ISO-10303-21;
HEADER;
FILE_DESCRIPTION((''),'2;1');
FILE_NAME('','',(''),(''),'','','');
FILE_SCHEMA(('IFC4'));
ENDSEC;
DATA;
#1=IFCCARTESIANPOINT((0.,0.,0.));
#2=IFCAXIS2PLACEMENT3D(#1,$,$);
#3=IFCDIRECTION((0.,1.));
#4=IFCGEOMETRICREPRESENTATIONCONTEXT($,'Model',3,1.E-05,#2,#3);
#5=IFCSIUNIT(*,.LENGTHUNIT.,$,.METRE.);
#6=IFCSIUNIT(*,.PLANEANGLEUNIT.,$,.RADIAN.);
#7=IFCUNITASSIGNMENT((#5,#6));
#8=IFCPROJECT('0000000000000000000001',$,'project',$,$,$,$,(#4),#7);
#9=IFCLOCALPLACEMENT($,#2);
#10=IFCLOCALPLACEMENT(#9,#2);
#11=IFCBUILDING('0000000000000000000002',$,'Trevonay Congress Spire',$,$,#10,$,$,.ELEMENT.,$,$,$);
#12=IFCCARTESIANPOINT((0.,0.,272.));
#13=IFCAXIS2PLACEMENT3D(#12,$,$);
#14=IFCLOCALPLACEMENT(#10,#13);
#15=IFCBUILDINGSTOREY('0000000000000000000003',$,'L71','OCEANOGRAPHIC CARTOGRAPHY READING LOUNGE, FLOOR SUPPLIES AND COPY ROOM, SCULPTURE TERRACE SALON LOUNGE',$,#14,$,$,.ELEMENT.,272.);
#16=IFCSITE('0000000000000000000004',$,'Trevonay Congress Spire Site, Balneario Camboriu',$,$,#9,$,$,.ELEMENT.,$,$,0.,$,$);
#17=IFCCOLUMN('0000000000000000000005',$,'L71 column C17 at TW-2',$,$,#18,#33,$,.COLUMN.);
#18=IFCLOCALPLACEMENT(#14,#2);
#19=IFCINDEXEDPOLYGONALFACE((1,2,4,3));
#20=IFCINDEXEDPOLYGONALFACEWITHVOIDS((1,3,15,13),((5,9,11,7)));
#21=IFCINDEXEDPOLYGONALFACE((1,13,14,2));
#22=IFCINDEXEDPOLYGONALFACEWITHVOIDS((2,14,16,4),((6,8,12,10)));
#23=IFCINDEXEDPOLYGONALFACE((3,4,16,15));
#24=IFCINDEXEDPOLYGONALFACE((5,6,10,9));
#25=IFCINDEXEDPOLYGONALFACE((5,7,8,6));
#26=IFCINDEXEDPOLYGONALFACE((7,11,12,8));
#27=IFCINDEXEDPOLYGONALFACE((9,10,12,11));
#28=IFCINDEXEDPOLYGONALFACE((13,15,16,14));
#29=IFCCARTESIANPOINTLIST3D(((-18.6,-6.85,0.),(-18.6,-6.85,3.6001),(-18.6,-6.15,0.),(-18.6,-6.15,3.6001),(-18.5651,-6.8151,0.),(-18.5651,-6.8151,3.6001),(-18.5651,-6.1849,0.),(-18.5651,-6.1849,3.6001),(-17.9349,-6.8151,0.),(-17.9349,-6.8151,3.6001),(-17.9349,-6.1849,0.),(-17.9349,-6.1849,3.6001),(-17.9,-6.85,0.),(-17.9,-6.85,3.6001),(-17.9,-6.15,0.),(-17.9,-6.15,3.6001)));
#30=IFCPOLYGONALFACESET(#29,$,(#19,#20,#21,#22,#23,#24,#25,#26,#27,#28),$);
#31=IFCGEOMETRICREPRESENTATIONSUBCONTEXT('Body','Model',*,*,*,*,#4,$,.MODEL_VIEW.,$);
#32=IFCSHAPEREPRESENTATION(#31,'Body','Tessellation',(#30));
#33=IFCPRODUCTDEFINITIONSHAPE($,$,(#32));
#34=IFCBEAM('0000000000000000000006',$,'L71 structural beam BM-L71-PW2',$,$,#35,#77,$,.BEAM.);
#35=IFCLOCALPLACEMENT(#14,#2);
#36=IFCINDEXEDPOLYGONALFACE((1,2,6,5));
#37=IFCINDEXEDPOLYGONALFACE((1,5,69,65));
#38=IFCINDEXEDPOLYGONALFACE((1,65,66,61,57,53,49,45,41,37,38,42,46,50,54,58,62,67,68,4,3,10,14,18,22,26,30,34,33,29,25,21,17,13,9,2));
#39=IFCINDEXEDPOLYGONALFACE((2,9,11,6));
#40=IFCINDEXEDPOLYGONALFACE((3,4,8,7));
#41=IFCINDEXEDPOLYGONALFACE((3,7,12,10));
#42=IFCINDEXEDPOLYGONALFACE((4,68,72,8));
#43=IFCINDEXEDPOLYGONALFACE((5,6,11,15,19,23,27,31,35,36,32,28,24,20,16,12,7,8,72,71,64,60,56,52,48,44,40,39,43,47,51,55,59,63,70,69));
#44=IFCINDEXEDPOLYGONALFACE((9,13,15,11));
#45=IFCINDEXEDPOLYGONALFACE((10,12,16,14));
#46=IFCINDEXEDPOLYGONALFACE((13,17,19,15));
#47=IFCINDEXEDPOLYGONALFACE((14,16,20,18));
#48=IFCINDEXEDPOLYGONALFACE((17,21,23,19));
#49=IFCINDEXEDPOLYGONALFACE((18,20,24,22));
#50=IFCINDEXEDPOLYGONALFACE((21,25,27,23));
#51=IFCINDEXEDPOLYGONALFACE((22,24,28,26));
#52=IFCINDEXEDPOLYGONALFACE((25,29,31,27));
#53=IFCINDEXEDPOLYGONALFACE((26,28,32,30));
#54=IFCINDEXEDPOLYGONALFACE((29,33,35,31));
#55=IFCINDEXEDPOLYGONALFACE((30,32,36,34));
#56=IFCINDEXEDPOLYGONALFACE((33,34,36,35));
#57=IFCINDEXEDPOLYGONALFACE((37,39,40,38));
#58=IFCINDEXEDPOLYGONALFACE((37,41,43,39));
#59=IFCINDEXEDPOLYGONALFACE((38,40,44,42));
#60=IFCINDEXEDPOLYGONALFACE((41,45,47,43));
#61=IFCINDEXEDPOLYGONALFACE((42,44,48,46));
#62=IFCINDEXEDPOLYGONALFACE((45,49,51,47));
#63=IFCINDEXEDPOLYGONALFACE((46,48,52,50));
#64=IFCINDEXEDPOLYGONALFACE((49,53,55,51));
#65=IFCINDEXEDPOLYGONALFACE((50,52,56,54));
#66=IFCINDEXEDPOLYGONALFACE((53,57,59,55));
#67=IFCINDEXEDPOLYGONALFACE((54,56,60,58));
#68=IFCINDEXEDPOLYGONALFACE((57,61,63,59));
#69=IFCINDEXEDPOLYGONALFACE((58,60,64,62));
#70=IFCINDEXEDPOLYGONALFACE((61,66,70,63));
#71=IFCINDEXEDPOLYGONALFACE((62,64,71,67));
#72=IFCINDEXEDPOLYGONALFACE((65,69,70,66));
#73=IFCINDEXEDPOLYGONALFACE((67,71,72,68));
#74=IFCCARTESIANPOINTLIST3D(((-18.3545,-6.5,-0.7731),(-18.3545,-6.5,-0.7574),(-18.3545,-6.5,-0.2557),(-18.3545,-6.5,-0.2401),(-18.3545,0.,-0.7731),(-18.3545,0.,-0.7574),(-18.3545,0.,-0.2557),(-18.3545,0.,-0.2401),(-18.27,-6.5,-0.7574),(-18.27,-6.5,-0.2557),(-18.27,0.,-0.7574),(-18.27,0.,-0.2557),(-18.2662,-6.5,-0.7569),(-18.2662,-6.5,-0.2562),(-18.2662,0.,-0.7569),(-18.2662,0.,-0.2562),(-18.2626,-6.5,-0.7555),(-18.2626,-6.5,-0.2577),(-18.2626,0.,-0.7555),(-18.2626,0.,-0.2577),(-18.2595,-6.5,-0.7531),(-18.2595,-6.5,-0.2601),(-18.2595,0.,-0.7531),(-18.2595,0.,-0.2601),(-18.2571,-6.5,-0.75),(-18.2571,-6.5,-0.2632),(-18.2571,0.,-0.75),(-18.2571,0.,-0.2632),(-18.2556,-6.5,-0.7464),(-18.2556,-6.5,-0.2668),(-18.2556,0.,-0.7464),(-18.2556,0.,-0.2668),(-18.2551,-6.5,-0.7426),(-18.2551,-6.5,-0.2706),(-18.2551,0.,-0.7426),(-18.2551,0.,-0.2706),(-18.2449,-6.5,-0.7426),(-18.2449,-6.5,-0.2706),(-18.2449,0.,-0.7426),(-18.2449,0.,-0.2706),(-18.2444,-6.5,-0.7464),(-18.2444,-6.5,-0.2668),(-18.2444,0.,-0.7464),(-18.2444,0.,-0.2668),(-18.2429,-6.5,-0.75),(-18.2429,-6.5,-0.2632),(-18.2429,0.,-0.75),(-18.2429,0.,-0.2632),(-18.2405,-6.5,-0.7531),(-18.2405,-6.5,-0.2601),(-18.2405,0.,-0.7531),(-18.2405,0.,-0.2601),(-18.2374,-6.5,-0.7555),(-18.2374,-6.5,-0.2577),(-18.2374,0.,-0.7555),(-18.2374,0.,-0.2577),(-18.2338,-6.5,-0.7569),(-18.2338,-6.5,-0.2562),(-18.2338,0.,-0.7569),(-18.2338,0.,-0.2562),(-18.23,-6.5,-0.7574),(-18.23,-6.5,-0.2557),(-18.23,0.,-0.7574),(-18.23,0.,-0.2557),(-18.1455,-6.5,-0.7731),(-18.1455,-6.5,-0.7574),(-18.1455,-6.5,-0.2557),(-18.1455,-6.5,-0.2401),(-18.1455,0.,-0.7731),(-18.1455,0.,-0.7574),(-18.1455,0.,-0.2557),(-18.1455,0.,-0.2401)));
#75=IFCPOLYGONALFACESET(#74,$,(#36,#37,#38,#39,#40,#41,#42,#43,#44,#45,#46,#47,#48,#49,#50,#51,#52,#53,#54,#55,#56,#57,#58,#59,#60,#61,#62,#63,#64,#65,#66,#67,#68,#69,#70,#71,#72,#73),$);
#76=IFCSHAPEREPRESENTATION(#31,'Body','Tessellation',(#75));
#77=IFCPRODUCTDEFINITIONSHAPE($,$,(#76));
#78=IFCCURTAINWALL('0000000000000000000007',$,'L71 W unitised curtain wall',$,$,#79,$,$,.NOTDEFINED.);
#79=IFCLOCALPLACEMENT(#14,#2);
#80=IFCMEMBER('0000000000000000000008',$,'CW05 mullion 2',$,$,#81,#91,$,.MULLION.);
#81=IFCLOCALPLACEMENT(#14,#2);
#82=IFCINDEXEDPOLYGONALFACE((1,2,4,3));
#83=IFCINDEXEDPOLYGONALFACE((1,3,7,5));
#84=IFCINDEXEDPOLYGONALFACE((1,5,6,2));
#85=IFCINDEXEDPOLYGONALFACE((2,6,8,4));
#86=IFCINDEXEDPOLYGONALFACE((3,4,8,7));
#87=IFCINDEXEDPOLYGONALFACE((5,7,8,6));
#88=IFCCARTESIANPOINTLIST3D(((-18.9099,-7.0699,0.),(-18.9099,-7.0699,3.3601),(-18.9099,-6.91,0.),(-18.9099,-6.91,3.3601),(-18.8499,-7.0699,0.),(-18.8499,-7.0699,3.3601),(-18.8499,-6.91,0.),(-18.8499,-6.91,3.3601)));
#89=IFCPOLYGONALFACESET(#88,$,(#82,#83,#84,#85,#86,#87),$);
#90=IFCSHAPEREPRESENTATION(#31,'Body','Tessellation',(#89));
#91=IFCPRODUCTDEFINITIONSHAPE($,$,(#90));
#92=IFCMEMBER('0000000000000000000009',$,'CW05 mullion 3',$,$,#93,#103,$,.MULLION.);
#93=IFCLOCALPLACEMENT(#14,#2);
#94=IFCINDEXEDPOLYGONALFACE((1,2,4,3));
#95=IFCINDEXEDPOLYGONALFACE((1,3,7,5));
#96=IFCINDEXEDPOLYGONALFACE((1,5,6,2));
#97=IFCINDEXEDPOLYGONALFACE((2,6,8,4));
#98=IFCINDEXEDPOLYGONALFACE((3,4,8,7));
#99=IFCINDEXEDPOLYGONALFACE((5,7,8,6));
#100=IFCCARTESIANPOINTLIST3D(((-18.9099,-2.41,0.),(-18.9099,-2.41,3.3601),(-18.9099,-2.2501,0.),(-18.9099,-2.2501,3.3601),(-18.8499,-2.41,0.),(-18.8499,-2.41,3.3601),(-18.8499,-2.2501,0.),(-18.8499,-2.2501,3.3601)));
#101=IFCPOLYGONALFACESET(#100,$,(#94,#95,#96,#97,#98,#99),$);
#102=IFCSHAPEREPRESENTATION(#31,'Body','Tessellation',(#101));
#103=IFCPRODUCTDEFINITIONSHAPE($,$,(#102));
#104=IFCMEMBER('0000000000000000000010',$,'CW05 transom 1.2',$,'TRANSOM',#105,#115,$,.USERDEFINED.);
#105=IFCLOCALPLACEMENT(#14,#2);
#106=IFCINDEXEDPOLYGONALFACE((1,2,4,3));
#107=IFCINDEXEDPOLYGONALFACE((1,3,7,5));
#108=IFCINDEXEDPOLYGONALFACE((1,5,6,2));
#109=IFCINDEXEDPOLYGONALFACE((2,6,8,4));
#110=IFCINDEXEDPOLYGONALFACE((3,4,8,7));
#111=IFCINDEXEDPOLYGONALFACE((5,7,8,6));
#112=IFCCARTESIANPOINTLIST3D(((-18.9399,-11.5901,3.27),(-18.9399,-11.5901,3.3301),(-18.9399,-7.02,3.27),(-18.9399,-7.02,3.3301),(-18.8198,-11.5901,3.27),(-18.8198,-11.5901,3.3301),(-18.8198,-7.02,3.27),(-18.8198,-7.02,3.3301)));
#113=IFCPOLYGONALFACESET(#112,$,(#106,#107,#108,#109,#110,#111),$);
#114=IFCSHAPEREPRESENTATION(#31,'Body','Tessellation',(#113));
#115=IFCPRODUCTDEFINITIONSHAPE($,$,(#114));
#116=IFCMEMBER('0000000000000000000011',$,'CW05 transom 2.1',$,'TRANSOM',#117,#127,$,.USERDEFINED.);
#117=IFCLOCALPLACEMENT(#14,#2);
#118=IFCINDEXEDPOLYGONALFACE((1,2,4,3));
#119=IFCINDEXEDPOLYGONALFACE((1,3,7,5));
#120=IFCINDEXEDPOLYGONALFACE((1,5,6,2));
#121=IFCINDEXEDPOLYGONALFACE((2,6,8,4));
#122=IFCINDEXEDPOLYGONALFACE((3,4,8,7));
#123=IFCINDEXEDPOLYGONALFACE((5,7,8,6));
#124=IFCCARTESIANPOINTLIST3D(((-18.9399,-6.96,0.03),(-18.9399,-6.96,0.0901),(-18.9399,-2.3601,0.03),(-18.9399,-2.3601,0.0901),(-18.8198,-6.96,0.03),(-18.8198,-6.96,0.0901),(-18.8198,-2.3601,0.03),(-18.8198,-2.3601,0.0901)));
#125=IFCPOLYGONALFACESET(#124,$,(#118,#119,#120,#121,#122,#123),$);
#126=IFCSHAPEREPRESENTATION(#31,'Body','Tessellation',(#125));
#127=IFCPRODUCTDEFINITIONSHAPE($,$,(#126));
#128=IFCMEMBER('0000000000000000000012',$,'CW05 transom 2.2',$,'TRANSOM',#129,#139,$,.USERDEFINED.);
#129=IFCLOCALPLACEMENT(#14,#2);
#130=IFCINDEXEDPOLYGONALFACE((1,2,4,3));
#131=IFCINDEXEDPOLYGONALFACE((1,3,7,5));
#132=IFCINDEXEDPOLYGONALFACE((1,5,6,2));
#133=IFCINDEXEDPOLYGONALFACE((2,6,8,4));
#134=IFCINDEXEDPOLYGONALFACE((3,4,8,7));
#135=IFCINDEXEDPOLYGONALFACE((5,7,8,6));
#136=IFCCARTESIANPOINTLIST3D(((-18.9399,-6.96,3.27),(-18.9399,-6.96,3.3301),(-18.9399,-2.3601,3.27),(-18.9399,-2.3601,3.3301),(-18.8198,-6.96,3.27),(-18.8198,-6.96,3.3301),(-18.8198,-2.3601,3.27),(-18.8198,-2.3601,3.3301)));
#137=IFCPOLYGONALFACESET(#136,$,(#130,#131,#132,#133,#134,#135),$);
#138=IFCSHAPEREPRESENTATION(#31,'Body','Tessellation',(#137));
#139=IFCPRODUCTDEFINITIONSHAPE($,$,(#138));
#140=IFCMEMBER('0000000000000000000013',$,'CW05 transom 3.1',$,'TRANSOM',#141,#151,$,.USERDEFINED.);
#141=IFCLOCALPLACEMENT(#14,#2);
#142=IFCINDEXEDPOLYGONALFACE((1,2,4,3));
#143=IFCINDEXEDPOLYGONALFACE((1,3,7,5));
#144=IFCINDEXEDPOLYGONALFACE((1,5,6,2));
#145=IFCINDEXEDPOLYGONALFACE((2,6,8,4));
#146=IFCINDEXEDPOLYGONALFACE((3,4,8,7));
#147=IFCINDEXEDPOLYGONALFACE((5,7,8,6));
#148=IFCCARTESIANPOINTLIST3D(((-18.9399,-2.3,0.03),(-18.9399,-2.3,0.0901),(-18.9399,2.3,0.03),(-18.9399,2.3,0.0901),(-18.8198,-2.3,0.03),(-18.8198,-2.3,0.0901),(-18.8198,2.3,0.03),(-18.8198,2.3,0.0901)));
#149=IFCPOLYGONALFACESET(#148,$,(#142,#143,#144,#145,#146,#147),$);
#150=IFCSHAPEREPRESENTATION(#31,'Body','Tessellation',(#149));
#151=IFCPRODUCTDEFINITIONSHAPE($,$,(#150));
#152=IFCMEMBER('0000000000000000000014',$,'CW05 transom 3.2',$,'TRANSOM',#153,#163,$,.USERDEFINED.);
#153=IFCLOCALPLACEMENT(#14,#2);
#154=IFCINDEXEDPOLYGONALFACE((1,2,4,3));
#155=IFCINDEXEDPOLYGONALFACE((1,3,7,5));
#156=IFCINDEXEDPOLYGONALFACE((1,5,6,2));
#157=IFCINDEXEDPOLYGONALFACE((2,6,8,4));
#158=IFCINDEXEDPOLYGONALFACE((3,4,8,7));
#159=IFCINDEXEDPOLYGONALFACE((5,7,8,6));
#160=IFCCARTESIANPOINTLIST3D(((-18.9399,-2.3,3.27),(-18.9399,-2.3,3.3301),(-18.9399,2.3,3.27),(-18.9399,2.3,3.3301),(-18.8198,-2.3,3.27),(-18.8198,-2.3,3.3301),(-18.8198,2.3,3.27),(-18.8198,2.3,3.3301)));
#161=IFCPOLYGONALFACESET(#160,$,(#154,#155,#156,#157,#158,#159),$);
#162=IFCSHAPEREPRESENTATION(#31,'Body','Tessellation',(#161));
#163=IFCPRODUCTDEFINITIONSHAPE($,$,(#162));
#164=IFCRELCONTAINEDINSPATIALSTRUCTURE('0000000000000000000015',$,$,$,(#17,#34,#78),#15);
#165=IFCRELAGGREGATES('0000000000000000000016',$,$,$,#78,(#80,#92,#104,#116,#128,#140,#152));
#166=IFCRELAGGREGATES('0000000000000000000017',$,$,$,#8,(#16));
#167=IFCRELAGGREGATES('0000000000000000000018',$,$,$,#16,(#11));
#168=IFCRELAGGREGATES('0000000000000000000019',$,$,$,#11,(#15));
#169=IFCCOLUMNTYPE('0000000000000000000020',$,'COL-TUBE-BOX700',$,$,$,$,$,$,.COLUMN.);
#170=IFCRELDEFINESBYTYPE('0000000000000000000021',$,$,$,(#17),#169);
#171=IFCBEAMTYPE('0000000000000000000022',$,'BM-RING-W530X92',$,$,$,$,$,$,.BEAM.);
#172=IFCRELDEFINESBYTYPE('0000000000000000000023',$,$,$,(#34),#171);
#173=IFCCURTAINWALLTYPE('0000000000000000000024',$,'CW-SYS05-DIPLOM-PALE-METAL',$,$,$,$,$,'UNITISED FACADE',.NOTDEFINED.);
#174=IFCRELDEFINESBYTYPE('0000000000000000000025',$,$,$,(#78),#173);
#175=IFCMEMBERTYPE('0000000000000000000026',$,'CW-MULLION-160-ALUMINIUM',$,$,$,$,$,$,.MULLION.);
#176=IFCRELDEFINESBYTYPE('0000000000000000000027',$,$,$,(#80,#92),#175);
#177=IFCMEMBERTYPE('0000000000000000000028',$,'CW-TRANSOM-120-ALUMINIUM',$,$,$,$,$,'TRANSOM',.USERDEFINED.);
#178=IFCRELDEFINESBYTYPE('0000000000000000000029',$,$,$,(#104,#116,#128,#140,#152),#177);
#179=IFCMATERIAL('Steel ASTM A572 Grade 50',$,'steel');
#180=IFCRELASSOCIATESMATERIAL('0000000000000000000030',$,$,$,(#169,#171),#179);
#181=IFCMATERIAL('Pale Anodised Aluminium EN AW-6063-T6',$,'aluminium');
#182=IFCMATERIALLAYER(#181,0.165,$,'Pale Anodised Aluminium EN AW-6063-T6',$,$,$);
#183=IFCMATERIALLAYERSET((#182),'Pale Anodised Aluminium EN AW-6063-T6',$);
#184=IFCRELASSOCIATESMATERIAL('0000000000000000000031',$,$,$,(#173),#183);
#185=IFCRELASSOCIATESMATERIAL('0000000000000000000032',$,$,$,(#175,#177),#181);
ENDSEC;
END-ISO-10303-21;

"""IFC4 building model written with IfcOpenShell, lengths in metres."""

from ifc_helpers import new_model, si_unit, direction, frame, origin, origin_2d, place, context, subcontext, project, spatial, rectangle, hollow_rectangle, i_section, extrude, material, layer, layer_set, material_profile, profile_set, type_object, element, aggregate, save


model = new_model("IFC4")

# Units and contexts
model_context = context("Model", 3, precision=1e-05, world=origin(), true_north=direction((0.0, 1.0)))
body_context = subcontext(model_context, "Body", "Model", "MODEL_VIEW")
ifc_project = project(units=[si_unit("LENGTHUNIT", "METRE"), si_unit("PLANEANGLEUNIT", "RADIAN")], contexts=[model_context])

# Site, building, storey
site_placement = place(None, origin())
site = spatial("IfcSite", under=ifc_project, at=site_placement, Name="Trevonay Congress Spire Site, Balneario Camboriu", CompositionType="ELEMENT", RefElevation=0.0)
building_placement = place(site_placement, origin())
building = spatial("IfcBuilding", under=site, at=building_placement, Name="Trevonay Congress Spire", CompositionType="ELEMENT")
storey_placement = place(building_placement, frame((0.0, 0.0, 272.0)))
storey = spatial("IfcBuildingStorey", under=building, at=storey_placement, Name="L71", Description="OCEANOGRAPHIC CARTOGRAPHY READING LOUNGE, FLOOR SUPPLIES AND COPY ROOM, SCULPTURE TERRACE SALON LOUNGE", CompositionType="ELEMENT", Elevation=272.0)

# Column
ifc_material_1 = material(Name="Steel ASTM A572 Grade 50", Category="steel")
ifc_material_profile_1 = material_profile(ifc_material_1, hollow_rectangle(XDim=0.7, YDim=0.7, WallThickness=0.0349, at=origin_2d()), Name="BOX 700x700x35")
ifc_profile_set_1 = profile_set([ifc_material_profile_1], Name="Steel ASTM A572 Grade 50")
column_type = type_object("IfcColumnType", Name="COL-TUBE-BOX700", PredefinedType="COLUMN", material=ifc_profile_set_1)
column_placement = place(storey_placement, frame((-18.25, -6.5, 0.0), z_axis=(0.0, 0.0, 1.0), x_axis=(1.0, 0.0, 0.0)))
element("IfcColumn", 1, at=column_placement, inside=storey, type_object=column_type, Name="L71 column C17 at TW-2", PredefinedType="COLUMN", context=body_context, shape_type="SweptSolid", body=[
    extrude(hollow_rectangle(XDim=0.7, YDim=0.7, WallThickness=0.0349, at=origin_2d()), origin(), (0.0, 0.0, 1.0), 3.6001),
])

# Beam
ifc_material_profile_2 = material_profile(ifc_material_1, i_section(OverallWidth=0.209, OverallDepth=0.533, WebThickness=0.0103, FlangeThickness=0.0156, FilletRadius=0.0149, at=origin_2d()), Name="W530x92")
ifc_profile_set_2 = profile_set([ifc_material_profile_2], Name="Steel ASTM A572 Grade 50")
beam_type_1 = type_object("IfcBeamType", Name="BM-RING-W530X92", PredefinedType="BEAM", material=ifc_profile_set_2)
beam_1_placement = place(storey_placement, frame((-18.25, -6.5, -0.5066), z_axis=(0.0, 1.0, 0.0), x_axis=(-1.0, 0.0, 0.0)))
element("IfcBeam", 2, at=beam_1_placement, inside=storey, type_object=beam_type_1, Name="L71 structural beam BM-L71-PW2", PredefinedType="BEAM", context=body_context, shape_type="SweptSolid", body=[
    extrude(i_section(OverallWidth=0.209, OverallDepth=0.533, WebThickness=0.0103, FlangeThickness=0.0156, FilletRadius=0.0149, at=origin_2d()), origin(), (0.0, 0.0, 1.0), 6.5),
])

# Curtain wall, members
ifc_material_2 = material(Name="Pale Anodised Aluminium EN AW-6063-T6", Category="aluminium")
ifc_layer_1 = layer(ifc_material_2, 0.165, Name="Pale Anodised Aluminium EN AW-6063-T6")
ifc_layer_set_1 = layer_set([ifc_layer_1], Name="Pale Anodised Aluminium EN AW-6063-T6")
curtain_wall_type = type_object("IfcCurtainWallType", Name="CW-SYS05-DIPLOM-PALE-METAL", ElementType="UNITISED FACADE", PredefinedType="NOTDEFINED", material=ifc_layer_set_1)
curtain_wall_placement = place(storey_placement, origin())
curtain_wall = element("IfcCurtainWall", 3, at=curtain_wall_placement, inside=storey, type_object=curtain_wall_type, Name="L71 W unitised curtain wall", PredefinedType="NOTDEFINED")
ifc_material_profile_3 = material_profile(ifc_material_2, rectangle(XDim=0.0601, YDim=0.1599, at=origin_2d()), Name="CW-MULLION-160-ALUMINIUM")
ifc_profile_set_3 = profile_set([ifc_material_profile_3], Name="Pale Anodised Aluminium EN AW-6063-T6")
member_type_1 = type_object("IfcMemberType", Name="CW-MULLION-160-ALUMINIUM", PredefinedType="MULLION", material=ifc_profile_set_3)
member_1_placement = place(storey_placement, frame((-18.8799, -6.99, 0.0), z_axis=(0.0, 0.0, 1.0), x_axis=(-1.0, 0.0, 0.0)))
member_1 = element("IfcMember", 4, at=member_1_placement, type_object=member_type_1, Name="CW05 mullion 2", PredefinedType="MULLION", context=body_context, shape_type="SweptSolid", body=[
    extrude(rectangle(XDim=0.0601, YDim=0.1599, at=origin_2d()), origin(), (0.0, 0.0, 1.0), 3.3601),
])
member_2_placement = place(storey_placement, frame((-18.8799, -2.3301, 0.0), z_axis=(0.0, 0.0, 1.0), x_axis=(-1.0, 0.0, 0.0)))
member_2 = element("IfcMember", 5, at=member_2_placement, type_object=member_type_1, Name="CW05 mullion 3", PredefinedType="MULLION", context=body_context, shape_type="SweptSolid", body=[
    extrude(rectangle(XDim=0.0601, YDim=0.1599, at=origin_2d()), origin(), (0.0, 0.0, 1.0), 3.3601),
])
ifc_material_profile_4 = material_profile(ifc_material_2, rectangle(XDim=0.1201, YDim=0.0601, at=origin_2d()), Name="CW-TRANSOM-120-ALUMINIUM")
ifc_profile_set_4 = profile_set([ifc_material_profile_4], Name="Pale Anodised Aluminium EN AW-6063-T6")
member_type_2 = type_object("IfcMemberType", Name="CW-TRANSOM-120-ALUMINIUM", ElementType="TRANSOM", PredefinedType="USERDEFINED", material=ifc_profile_set_4)
member_3_placement = place(storey_placement, frame((-18.8799, -11.5901, 3.3), z_axis=(0.0, 1.0, 0.0), x_axis=(-1.0, 0.0, 0.0)))
member_3 = element("IfcMember", 6, at=member_3_placement, type_object=member_type_2, Name="CW05 transom 1.2", ObjectType="TRANSOM", PredefinedType="USERDEFINED", context=body_context, shape_type="SweptSolid", body=[
    extrude(rectangle(XDim=0.1201, YDim=0.0601, at=origin_2d()), origin(), (0.0, 0.0, 1.0), 4.5701),
])
member_4_placement = place(storey_placement, frame((-18.8799, -6.96, 0.0601), z_axis=(0.0, 1.0, 0.0), x_axis=(-1.0, 0.0, 0.0)))
member_4 = element("IfcMember", 7, at=member_4_placement, type_object=member_type_2, Name="CW05 transom 2.1", ObjectType="TRANSOM", PredefinedType="USERDEFINED", context=body_context, shape_type="SweptSolid", body=[
    extrude(rectangle(XDim=0.1201, YDim=0.0601, at=origin_2d()), origin(), (0.0, 0.0, 1.0), 4.5999),
])
member_5_placement = place(storey_placement, frame((-18.8799, -6.96, 3.3), z_axis=(0.0, 1.0, 0.0), x_axis=(-1.0, 0.0, 0.0)))
member_5 = element("IfcMember", 8, at=member_5_placement, type_object=member_type_2, Name="CW05 transom 2.2", ObjectType="TRANSOM", PredefinedType="USERDEFINED", context=body_context, shape_type="SweptSolid", body=[
    extrude(rectangle(XDim=0.1201, YDim=0.0601, at=origin_2d()), origin(), (0.0, 0.0, 1.0), 4.5999),
])
member_6_placement = place(storey_placement, frame((-18.8799, -2.3, 0.0601), z_axis=(0.0, 1.0, 0.0), x_axis=(-1.0, 0.0, 0.0)))
member_6 = element("IfcMember", 9, at=member_6_placement, type_object=member_type_2, Name="CW05 transom 3.1", ObjectType="TRANSOM", PredefinedType="USERDEFINED", context=body_context, shape_type="SweptSolid", body=[
    extrude(rectangle(XDim=0.1201, YDim=0.0601, at=origin_2d()), origin(), (0.0, 0.0, 1.0), 4.6001),
])
member_7_placement = place(storey_placement, frame((-18.8799, -2.3, 3.3), z_axis=(0.0, 1.0, 0.0), x_axis=(-1.0, 0.0, 0.0)))
member_7 = element("IfcMember", 10, at=member_7_placement, type_object=member_type_2, Name="CW05 transom 3.2", ObjectType="TRANSOM", PredefinedType="USERDEFINED", context=body_context, shape_type="SweptSolid", body=[
    extrude(rectangle(XDim=0.1201, YDim=0.0601, at=origin_2d()), origin(), (0.0, 0.0, 1.0), 4.6001),
])

aggregate(curtain_wall, [member_1, member_2, member_3, member_4, member_5, member_6, member_7])

save(model, "model.ifc")
